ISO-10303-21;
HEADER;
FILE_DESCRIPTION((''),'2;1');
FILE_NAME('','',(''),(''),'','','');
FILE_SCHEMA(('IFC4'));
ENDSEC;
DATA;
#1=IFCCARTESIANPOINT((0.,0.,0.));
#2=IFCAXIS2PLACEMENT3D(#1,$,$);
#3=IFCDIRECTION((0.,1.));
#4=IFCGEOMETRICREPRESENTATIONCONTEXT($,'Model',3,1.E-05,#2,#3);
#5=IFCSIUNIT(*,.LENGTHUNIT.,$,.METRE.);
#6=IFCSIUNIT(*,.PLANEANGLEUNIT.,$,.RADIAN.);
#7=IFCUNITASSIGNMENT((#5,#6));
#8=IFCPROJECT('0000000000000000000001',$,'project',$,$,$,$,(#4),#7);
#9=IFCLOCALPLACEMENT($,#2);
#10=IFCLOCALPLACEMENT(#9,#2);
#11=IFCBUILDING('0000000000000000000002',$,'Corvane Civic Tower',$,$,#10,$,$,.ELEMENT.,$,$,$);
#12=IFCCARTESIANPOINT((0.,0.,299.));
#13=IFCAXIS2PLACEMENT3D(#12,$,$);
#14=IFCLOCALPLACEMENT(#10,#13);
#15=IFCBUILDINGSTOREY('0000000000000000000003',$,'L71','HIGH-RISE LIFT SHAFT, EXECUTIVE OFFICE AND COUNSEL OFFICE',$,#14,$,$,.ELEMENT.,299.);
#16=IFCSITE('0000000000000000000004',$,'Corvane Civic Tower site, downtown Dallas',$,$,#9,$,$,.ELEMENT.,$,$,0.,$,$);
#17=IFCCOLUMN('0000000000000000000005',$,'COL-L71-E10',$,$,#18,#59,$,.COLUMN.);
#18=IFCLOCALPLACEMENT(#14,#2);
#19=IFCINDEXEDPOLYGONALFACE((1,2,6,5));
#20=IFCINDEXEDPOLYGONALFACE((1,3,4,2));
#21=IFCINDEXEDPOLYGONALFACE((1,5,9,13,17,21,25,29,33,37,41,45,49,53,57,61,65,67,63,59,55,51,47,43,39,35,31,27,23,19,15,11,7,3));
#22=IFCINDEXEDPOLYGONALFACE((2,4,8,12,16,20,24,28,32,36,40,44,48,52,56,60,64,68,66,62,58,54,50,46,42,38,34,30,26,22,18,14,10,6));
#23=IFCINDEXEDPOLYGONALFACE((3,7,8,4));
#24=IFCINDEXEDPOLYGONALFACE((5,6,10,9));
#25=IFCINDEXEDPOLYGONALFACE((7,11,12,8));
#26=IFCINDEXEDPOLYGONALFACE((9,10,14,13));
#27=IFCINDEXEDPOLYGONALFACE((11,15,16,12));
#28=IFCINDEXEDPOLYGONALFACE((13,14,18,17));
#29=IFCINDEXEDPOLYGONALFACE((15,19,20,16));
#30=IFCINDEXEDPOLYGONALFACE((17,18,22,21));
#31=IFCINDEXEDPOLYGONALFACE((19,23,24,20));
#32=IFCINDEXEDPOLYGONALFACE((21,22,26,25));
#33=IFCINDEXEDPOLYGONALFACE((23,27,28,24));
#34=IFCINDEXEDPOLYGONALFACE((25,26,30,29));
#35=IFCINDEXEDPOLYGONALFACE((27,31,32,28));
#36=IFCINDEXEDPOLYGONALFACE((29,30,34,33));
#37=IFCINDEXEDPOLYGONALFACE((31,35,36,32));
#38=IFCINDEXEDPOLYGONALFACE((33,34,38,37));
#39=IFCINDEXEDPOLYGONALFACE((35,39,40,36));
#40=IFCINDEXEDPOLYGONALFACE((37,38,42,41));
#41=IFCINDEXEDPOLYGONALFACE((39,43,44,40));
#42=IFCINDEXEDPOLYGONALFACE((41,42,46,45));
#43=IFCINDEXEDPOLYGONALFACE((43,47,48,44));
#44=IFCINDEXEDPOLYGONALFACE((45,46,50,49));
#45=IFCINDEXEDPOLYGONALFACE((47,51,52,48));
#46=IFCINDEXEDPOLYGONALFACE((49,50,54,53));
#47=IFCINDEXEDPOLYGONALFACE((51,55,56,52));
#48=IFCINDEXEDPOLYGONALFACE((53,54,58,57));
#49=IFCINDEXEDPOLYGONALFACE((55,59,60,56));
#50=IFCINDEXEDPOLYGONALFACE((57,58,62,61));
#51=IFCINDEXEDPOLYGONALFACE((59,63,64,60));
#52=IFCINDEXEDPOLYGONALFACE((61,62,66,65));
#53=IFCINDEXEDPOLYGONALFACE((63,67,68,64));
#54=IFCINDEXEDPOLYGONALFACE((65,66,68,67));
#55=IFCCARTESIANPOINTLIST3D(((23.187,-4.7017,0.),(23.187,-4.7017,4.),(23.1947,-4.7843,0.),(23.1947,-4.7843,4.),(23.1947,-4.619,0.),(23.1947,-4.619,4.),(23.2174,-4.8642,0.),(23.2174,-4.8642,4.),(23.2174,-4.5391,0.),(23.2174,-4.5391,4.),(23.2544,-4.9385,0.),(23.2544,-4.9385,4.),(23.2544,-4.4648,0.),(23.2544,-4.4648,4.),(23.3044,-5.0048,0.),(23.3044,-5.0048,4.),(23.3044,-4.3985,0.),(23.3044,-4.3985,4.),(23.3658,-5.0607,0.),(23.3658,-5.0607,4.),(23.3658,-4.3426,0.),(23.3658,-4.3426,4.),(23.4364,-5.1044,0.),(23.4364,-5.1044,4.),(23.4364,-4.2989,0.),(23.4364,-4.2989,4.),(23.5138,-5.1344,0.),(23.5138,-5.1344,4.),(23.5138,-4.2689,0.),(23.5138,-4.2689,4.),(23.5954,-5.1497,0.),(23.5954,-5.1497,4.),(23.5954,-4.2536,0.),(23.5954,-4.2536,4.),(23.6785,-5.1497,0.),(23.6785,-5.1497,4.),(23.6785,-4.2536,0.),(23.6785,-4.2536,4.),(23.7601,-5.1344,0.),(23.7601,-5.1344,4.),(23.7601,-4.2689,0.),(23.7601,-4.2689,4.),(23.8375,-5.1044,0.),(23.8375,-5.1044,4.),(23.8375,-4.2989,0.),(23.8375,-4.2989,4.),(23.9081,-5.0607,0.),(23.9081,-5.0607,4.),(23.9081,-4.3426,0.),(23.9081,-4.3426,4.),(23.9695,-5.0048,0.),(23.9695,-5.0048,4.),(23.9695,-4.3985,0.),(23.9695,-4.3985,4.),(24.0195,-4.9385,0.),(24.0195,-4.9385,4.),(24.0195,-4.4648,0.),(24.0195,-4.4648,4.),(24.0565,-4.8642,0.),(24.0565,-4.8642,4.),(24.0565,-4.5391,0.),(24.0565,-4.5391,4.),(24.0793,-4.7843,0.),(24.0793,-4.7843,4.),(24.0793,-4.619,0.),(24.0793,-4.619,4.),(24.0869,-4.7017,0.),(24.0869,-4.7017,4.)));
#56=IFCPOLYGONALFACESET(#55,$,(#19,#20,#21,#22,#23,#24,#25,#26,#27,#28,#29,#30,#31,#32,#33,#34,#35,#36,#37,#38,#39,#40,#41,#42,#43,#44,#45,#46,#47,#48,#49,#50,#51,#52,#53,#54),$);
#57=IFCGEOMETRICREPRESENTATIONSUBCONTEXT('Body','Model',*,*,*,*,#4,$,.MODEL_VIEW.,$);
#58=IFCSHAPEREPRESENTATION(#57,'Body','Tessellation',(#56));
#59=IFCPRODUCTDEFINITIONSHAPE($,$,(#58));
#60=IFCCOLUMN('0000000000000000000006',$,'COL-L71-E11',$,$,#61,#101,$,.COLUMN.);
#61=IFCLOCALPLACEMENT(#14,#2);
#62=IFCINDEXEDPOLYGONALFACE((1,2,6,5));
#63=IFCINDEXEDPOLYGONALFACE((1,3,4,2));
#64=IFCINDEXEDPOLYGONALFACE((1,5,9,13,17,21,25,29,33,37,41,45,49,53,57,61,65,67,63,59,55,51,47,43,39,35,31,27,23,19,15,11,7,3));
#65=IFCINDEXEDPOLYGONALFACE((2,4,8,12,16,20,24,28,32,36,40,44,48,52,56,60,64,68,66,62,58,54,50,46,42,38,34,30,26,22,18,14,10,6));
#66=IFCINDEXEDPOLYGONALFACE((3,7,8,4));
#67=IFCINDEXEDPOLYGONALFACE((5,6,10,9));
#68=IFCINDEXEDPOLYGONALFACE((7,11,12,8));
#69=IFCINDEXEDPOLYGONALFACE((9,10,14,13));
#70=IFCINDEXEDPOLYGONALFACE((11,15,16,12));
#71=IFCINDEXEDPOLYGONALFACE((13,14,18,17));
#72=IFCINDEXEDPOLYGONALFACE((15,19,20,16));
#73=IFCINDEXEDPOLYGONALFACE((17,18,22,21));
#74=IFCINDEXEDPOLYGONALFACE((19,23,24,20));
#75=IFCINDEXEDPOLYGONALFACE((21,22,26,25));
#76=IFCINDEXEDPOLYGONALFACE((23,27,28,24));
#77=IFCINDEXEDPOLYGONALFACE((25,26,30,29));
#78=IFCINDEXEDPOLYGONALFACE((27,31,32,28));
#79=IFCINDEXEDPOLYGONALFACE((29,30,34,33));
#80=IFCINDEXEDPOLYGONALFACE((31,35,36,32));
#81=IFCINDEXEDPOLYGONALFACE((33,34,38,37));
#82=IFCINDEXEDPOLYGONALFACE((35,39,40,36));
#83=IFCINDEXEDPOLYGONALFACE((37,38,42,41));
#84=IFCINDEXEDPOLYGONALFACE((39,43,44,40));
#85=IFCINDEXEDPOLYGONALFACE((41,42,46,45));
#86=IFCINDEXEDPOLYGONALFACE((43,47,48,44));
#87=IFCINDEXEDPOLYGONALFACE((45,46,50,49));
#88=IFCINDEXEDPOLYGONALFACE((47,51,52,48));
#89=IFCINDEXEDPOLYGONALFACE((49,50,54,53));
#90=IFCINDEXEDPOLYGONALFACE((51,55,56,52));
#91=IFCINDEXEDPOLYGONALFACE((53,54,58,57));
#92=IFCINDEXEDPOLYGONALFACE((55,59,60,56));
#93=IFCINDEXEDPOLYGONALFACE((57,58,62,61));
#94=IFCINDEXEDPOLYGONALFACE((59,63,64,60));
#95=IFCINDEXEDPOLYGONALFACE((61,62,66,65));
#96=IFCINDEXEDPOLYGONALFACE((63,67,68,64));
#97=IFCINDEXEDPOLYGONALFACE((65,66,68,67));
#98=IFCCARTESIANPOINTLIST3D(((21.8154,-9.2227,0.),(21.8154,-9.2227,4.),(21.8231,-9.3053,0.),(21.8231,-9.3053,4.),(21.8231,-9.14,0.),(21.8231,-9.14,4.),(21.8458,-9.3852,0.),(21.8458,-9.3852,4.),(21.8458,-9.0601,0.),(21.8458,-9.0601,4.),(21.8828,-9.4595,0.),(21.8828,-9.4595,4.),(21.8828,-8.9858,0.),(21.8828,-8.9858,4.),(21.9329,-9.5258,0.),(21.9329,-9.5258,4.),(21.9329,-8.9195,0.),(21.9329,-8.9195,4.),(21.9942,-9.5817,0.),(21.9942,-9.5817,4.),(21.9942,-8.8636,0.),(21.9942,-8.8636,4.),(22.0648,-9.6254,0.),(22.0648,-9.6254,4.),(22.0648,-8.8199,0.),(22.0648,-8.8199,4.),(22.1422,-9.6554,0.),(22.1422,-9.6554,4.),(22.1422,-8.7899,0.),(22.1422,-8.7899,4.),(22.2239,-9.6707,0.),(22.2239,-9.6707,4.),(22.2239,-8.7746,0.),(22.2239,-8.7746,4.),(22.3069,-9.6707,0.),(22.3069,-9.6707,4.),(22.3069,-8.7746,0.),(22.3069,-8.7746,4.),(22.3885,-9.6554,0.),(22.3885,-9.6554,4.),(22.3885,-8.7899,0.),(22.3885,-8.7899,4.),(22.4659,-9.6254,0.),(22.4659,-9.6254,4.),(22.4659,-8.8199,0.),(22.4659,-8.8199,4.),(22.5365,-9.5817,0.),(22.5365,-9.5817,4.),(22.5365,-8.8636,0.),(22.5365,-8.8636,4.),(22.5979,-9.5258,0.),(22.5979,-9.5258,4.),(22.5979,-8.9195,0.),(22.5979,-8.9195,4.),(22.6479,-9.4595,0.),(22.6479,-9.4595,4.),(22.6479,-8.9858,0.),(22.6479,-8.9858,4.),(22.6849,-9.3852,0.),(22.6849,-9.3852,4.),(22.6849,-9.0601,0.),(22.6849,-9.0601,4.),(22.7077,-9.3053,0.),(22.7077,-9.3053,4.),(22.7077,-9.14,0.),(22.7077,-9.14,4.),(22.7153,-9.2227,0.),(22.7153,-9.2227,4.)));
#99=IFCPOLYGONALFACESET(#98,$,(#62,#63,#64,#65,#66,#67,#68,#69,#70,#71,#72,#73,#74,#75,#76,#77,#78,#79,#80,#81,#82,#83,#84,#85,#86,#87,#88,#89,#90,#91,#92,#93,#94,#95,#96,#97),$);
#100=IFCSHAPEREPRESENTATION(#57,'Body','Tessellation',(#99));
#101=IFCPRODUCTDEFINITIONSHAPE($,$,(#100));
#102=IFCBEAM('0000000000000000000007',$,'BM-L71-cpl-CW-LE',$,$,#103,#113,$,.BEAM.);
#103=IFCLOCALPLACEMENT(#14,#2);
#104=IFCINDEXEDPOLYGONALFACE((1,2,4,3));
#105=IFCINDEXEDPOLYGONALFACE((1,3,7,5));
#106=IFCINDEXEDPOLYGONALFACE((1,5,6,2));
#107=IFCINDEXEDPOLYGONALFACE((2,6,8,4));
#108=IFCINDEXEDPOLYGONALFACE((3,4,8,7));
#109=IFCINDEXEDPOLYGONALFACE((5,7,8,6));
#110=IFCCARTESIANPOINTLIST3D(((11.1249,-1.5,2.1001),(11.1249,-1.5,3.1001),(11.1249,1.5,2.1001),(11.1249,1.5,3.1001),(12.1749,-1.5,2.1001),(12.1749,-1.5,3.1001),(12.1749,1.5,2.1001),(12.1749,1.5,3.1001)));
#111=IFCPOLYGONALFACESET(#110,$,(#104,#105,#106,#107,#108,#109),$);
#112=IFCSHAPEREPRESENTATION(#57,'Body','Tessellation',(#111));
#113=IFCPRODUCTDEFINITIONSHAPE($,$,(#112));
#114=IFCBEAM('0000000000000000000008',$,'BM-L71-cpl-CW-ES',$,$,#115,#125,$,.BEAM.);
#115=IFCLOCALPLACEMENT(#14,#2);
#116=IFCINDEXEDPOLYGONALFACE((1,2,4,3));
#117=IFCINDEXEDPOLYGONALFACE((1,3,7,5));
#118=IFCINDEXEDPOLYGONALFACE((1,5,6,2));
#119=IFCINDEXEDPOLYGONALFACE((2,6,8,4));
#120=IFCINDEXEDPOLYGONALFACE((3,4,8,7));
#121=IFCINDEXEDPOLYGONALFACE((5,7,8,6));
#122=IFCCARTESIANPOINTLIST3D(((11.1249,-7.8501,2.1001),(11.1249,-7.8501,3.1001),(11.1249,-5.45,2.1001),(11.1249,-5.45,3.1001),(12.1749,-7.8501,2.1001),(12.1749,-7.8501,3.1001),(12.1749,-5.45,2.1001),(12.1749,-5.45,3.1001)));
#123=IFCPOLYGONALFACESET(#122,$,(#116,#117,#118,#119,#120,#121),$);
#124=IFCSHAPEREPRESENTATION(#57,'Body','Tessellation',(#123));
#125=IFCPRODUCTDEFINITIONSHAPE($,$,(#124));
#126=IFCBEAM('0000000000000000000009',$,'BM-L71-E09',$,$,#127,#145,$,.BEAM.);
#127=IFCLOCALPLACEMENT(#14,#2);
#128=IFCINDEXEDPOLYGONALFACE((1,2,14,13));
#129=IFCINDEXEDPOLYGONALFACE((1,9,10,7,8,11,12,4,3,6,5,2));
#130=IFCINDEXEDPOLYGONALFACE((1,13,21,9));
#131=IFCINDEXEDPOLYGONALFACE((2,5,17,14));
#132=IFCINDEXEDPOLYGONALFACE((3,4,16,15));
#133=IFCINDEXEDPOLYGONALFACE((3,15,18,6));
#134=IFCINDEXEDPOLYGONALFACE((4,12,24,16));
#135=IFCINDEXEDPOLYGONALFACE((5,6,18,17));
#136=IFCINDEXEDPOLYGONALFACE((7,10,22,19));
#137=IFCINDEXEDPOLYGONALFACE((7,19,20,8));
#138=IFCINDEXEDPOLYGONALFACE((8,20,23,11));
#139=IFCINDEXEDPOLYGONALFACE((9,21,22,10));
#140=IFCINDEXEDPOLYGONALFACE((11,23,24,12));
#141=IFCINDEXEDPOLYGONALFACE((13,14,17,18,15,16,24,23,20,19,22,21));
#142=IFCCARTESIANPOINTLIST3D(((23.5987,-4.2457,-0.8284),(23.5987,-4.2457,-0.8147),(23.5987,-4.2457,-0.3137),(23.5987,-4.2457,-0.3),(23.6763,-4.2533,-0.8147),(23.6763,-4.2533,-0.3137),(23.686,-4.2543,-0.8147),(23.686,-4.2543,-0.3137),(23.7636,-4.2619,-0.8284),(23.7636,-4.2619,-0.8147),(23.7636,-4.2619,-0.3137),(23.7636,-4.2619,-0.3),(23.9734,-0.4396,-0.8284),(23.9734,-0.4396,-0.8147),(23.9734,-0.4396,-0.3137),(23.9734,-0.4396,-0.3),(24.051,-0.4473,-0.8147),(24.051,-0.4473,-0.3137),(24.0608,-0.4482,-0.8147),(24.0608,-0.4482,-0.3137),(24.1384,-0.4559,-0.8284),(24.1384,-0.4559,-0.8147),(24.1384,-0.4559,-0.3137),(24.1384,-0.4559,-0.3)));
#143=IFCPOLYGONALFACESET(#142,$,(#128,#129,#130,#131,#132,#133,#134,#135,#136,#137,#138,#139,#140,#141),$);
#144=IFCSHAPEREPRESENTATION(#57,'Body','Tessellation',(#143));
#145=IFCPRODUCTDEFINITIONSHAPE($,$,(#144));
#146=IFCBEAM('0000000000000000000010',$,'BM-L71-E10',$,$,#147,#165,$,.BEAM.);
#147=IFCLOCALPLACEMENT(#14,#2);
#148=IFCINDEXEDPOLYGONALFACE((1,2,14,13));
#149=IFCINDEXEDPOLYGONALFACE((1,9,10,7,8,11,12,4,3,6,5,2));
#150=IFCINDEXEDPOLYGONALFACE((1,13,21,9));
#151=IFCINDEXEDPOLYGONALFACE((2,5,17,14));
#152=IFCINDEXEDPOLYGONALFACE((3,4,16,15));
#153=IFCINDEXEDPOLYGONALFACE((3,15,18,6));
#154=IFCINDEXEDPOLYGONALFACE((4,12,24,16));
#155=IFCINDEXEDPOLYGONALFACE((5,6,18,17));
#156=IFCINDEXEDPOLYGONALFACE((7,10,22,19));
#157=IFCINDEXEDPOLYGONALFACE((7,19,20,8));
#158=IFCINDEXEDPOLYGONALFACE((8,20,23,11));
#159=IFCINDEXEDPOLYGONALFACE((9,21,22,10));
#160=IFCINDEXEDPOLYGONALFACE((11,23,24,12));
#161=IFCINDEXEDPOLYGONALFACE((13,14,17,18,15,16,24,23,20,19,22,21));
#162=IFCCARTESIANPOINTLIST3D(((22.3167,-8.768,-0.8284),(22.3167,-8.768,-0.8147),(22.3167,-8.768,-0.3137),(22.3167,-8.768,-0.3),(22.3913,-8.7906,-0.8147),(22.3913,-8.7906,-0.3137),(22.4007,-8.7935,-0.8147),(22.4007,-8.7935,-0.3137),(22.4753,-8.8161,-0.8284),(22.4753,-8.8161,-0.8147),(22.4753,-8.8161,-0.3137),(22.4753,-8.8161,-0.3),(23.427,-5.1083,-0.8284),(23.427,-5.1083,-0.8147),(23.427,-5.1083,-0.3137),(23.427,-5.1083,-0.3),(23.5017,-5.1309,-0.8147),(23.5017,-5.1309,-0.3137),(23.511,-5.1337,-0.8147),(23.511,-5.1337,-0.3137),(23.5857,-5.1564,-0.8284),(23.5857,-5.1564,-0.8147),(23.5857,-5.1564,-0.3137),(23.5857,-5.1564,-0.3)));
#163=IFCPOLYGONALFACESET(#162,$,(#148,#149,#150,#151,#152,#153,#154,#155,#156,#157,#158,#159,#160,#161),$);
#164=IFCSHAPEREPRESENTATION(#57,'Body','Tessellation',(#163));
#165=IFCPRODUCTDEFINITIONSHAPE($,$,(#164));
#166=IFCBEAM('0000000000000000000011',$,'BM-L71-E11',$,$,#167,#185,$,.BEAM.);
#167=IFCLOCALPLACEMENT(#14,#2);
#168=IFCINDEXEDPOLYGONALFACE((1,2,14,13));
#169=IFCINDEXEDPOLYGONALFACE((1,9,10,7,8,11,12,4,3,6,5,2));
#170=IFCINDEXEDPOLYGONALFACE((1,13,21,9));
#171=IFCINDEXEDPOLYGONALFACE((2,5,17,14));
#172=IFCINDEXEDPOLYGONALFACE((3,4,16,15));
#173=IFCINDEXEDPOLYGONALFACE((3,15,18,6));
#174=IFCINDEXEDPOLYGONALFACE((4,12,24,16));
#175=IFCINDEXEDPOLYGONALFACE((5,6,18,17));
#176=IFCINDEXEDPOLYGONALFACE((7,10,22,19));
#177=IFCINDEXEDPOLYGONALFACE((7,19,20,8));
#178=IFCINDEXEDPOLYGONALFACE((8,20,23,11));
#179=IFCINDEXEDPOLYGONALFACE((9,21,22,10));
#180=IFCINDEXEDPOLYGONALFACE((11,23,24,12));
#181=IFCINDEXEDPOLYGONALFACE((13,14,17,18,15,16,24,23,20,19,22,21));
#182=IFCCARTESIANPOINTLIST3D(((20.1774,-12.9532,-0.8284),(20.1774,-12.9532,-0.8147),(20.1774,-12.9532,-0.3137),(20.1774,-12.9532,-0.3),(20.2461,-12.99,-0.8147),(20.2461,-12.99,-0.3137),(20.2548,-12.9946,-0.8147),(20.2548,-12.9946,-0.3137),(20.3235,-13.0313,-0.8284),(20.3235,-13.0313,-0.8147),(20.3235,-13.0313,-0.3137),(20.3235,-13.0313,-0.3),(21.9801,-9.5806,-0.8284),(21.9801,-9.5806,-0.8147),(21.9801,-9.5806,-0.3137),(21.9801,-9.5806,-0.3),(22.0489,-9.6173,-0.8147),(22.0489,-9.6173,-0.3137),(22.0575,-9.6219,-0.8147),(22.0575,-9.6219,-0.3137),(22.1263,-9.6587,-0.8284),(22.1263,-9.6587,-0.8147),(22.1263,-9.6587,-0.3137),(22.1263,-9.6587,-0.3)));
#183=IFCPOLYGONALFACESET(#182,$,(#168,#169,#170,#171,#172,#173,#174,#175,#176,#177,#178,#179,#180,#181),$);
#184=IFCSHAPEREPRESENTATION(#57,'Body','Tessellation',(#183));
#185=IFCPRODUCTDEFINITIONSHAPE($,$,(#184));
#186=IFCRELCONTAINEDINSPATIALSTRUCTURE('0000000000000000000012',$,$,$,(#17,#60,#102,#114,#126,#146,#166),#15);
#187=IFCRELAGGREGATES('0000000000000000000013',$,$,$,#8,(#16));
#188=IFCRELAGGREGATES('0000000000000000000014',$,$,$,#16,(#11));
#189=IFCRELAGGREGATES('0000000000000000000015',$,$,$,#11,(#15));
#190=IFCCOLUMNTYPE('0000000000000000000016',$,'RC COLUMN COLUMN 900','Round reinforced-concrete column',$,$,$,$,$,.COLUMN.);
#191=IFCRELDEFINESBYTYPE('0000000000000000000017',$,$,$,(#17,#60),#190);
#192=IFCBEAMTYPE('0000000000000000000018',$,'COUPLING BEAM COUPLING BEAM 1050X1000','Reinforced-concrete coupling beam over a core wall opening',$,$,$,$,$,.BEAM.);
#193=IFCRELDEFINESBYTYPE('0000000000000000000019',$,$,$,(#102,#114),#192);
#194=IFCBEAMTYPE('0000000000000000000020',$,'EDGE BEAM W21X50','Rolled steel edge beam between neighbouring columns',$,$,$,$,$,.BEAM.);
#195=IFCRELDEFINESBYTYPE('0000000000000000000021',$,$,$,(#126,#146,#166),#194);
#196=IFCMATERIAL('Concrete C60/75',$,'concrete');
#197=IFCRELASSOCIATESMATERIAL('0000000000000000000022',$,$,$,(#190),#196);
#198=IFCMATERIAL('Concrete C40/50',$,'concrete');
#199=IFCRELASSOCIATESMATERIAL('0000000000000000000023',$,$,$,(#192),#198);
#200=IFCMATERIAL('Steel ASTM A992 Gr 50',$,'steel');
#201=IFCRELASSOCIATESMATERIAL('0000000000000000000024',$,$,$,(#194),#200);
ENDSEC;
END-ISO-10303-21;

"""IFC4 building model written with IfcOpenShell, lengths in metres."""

from ifc_helpers import new_model, si_unit, direction, frame, origin, origin_2d, place, context, subcontext, project, spatial, rectangle, circle, i_section, extrude, material, material_profile, profile_set, type_object, element, save


model = new_model("IFC4")

# Units and contexts
model_context = context("Model", 3, precision=1e-05, world=origin(), true_north=direction((0.0, 1.0)))
body_context = subcontext(model_context, "Body", "Model", "MODEL_VIEW")
ifc_project = project(units=[si_unit("LENGTHUNIT", "METRE"), si_unit("PLANEANGLEUNIT", "RADIAN")], contexts=[model_context])

# Site, building, storey
site_placement = place(None, origin())
site = spatial("IfcSite", under=ifc_project, at=site_placement, Name="Corvane Civic Tower site, downtown Dallas", CompositionType="ELEMENT", RefElevation=0.0)
building_placement = place(site_placement, origin())
building = spatial("IfcBuilding", under=site, at=building_placement, Name="Corvane Civic Tower", CompositionType="ELEMENT")
storey_placement = place(building_placement, frame((0.0, 0.0, 299.0)))
storey = spatial("IfcBuildingStorey", under=building, at=storey_placement, Name="L71", Description="HIGH-RISE LIFT SHAFT, EXECUTIVE OFFICE AND COUNSEL OFFICE", CompositionType="ELEMENT", Elevation=299.0)

# Columns
ifc_material_1 = material(Name="Concrete C60/75", Category="concrete")
ifc_material_profile_1 = material_profile(ifc_material_1, circle(Radius=0.45, at=origin_2d()), Name="COLUMN 900")
ifc_profile_set_1 = profile_set([ifc_material_profile_1], Name="Concrete C60/75")
column_type = type_object("IfcColumnType", Name="RC COLUMN COLUMN 900", Description="Round reinforced-concrete column", PredefinedType="COLUMN", material=ifc_profile_set_1)
for number, where, z_axis, x_axis, name in (
    (1, (23.637, -4.7017, 0.0), (0.0, 0.0, 1.0), (1.0, 0.0, 0.0), "COL-L71-E10"),
    (2, (22.2654, -9.2227, 0.0), (0.0, 0.0, 1.0), (1.0, 0.0, 0.0), "COL-L71-E11"),
):
    element("IfcColumn", number, at=place(storey_placement, frame(where, z_axis=z_axis, x_axis=x_axis)), inside=storey, type_object=column_type, Name=name, PredefinedType="COLUMN", context=body_context, shape_type="SweptSolid", body=[
        extrude(circle(Radius=0.45, at=origin_2d()), origin(), (0.0, 0.0, 1.0), 4.0),
    ])

# Beams
ifc_material_2 = material(Name="Concrete C40/50", Category="concrete")
ifc_material_profile_2 = material_profile(ifc_material_2, rectangle(XDim=1.05, YDim=1.0, at=origin_2d()), Name="COUPLING BEAM 1050X1000")
ifc_profile_set_2 = profile_set([ifc_material_profile_2], Name="Concrete C40/50")
beam_type_1 = type_object("IfcBeamType", Name="COUPLING BEAM COUPLING BEAM 1050X1000", Description="Reinforced-concrete coupling beam over a core wall opening", PredefinedType="BEAM", material=ifc_profile_set_2)
beam_1_placement = place(storey_placement, frame((11.6499, -1.5, 2.6001), z_axis=(0.0, 1.0, 0.0), x_axis=(-1.0, 0.0, 0.0)))
element("IfcBeam", 3, at=beam_1_placement, inside=storey, type_object=beam_type_1, Name="BM-L71-cpl-CW-LE", PredefinedType="BEAM", context=body_context, shape_type="SweptSolid", body=[
    extrude(rectangle(XDim=1.05, YDim=1.0, at=origin_2d()), origin(), (0.0, 0.0, 1.0), 3.0),
])
beam_2_placement = place(storey_placement, frame((11.6499, -7.8501, 2.6001), z_axis=(0.0, 1.0, 0.0), x_axis=(-1.0, 0.0, 0.0)))
element("IfcBeam", 4, at=beam_2_placement, inside=storey, type_object=beam_type_1, Name="BM-L71-cpl-CW-ES", PredefinedType="BEAM", context=body_context, shape_type="SweptSolid", body=[
    extrude(rectangle(XDim=1.05, YDim=1.0, at=origin_2d()), origin(), (0.0, 0.0, 1.0), 2.4001),
])
ifc_material_3 = material(Name="Steel ASTM A992 Gr 50", Category="steel")
ifc_material_profile_3 = material_profile(ifc_material_3, i_section(OverallWidth=0.1658, OverallDepth=0.5283, WebThickness=0.0098, FlangeThickness=0.0137, at=origin_2d()), Name="W21X50")
ifc_profile_set_3 = profile_set([ifc_material_profile_3], Name="Steel ASTM A992 Gr 50")
beam_type_2 = type_object("IfcBeamType", Name="EDGE BEAM W21X50", Description="Rolled steel edge beam between neighbouring columns", PredefinedType="BEAM", material=ifc_profile_set_3)
for number, where, z_axis, x_axis, name in (
    (5, (24.0559, -0.4478, -0.5642), (-0.097987, -0.995188, 0.0), (0.995188, -0.097987, 0.0), "BM-L71-E09"),
    (6, (23.5063, -5.1323, -0.5642), (-0.290333, -0.956926, 0.0), (0.956926, -0.290333, 0.0), "BM-L71-E10"),
):
    element("IfcBeam", number, at=place(storey_placement, frame(where, z_axis=z_axis, x_axis=x_axis)), inside=storey, type_object=beam_type_2, Name=name, PredefinedType="BEAM", context=body_context, shape_type="SweptSolid", body=[
        extrude(i_section(OverallWidth=0.1658, OverallDepth=0.5283, WebThickness=0.0098, FlangeThickness=0.0137, at=origin_2d()), origin(), (0.0, 0.0, 1.0), 3.8245),
    ])
beam_3_placement = place(storey_placement, frame((22.0532, -9.6196, -0.5642), z_axis=(-0.47141, -0.881914, 0.0), x_axis=(0.881914, -0.47141, 0.0)))
element("IfcBeam", 7, at=beam_3_placement, inside=storey, type_object=beam_type_2, Name="BM-L71-E11", PredefinedType="BEAM", context=body_context, shape_type="SweptSolid", body=[
    extrude(i_section(OverallWidth=0.1658, OverallDepth=0.5283, WebThickness=0.0098, FlangeThickness=0.0137, at=origin_2d()), origin(), (0.0, 0.0, 1.0), 3.8242),
])

save(model, "model.ifc")
